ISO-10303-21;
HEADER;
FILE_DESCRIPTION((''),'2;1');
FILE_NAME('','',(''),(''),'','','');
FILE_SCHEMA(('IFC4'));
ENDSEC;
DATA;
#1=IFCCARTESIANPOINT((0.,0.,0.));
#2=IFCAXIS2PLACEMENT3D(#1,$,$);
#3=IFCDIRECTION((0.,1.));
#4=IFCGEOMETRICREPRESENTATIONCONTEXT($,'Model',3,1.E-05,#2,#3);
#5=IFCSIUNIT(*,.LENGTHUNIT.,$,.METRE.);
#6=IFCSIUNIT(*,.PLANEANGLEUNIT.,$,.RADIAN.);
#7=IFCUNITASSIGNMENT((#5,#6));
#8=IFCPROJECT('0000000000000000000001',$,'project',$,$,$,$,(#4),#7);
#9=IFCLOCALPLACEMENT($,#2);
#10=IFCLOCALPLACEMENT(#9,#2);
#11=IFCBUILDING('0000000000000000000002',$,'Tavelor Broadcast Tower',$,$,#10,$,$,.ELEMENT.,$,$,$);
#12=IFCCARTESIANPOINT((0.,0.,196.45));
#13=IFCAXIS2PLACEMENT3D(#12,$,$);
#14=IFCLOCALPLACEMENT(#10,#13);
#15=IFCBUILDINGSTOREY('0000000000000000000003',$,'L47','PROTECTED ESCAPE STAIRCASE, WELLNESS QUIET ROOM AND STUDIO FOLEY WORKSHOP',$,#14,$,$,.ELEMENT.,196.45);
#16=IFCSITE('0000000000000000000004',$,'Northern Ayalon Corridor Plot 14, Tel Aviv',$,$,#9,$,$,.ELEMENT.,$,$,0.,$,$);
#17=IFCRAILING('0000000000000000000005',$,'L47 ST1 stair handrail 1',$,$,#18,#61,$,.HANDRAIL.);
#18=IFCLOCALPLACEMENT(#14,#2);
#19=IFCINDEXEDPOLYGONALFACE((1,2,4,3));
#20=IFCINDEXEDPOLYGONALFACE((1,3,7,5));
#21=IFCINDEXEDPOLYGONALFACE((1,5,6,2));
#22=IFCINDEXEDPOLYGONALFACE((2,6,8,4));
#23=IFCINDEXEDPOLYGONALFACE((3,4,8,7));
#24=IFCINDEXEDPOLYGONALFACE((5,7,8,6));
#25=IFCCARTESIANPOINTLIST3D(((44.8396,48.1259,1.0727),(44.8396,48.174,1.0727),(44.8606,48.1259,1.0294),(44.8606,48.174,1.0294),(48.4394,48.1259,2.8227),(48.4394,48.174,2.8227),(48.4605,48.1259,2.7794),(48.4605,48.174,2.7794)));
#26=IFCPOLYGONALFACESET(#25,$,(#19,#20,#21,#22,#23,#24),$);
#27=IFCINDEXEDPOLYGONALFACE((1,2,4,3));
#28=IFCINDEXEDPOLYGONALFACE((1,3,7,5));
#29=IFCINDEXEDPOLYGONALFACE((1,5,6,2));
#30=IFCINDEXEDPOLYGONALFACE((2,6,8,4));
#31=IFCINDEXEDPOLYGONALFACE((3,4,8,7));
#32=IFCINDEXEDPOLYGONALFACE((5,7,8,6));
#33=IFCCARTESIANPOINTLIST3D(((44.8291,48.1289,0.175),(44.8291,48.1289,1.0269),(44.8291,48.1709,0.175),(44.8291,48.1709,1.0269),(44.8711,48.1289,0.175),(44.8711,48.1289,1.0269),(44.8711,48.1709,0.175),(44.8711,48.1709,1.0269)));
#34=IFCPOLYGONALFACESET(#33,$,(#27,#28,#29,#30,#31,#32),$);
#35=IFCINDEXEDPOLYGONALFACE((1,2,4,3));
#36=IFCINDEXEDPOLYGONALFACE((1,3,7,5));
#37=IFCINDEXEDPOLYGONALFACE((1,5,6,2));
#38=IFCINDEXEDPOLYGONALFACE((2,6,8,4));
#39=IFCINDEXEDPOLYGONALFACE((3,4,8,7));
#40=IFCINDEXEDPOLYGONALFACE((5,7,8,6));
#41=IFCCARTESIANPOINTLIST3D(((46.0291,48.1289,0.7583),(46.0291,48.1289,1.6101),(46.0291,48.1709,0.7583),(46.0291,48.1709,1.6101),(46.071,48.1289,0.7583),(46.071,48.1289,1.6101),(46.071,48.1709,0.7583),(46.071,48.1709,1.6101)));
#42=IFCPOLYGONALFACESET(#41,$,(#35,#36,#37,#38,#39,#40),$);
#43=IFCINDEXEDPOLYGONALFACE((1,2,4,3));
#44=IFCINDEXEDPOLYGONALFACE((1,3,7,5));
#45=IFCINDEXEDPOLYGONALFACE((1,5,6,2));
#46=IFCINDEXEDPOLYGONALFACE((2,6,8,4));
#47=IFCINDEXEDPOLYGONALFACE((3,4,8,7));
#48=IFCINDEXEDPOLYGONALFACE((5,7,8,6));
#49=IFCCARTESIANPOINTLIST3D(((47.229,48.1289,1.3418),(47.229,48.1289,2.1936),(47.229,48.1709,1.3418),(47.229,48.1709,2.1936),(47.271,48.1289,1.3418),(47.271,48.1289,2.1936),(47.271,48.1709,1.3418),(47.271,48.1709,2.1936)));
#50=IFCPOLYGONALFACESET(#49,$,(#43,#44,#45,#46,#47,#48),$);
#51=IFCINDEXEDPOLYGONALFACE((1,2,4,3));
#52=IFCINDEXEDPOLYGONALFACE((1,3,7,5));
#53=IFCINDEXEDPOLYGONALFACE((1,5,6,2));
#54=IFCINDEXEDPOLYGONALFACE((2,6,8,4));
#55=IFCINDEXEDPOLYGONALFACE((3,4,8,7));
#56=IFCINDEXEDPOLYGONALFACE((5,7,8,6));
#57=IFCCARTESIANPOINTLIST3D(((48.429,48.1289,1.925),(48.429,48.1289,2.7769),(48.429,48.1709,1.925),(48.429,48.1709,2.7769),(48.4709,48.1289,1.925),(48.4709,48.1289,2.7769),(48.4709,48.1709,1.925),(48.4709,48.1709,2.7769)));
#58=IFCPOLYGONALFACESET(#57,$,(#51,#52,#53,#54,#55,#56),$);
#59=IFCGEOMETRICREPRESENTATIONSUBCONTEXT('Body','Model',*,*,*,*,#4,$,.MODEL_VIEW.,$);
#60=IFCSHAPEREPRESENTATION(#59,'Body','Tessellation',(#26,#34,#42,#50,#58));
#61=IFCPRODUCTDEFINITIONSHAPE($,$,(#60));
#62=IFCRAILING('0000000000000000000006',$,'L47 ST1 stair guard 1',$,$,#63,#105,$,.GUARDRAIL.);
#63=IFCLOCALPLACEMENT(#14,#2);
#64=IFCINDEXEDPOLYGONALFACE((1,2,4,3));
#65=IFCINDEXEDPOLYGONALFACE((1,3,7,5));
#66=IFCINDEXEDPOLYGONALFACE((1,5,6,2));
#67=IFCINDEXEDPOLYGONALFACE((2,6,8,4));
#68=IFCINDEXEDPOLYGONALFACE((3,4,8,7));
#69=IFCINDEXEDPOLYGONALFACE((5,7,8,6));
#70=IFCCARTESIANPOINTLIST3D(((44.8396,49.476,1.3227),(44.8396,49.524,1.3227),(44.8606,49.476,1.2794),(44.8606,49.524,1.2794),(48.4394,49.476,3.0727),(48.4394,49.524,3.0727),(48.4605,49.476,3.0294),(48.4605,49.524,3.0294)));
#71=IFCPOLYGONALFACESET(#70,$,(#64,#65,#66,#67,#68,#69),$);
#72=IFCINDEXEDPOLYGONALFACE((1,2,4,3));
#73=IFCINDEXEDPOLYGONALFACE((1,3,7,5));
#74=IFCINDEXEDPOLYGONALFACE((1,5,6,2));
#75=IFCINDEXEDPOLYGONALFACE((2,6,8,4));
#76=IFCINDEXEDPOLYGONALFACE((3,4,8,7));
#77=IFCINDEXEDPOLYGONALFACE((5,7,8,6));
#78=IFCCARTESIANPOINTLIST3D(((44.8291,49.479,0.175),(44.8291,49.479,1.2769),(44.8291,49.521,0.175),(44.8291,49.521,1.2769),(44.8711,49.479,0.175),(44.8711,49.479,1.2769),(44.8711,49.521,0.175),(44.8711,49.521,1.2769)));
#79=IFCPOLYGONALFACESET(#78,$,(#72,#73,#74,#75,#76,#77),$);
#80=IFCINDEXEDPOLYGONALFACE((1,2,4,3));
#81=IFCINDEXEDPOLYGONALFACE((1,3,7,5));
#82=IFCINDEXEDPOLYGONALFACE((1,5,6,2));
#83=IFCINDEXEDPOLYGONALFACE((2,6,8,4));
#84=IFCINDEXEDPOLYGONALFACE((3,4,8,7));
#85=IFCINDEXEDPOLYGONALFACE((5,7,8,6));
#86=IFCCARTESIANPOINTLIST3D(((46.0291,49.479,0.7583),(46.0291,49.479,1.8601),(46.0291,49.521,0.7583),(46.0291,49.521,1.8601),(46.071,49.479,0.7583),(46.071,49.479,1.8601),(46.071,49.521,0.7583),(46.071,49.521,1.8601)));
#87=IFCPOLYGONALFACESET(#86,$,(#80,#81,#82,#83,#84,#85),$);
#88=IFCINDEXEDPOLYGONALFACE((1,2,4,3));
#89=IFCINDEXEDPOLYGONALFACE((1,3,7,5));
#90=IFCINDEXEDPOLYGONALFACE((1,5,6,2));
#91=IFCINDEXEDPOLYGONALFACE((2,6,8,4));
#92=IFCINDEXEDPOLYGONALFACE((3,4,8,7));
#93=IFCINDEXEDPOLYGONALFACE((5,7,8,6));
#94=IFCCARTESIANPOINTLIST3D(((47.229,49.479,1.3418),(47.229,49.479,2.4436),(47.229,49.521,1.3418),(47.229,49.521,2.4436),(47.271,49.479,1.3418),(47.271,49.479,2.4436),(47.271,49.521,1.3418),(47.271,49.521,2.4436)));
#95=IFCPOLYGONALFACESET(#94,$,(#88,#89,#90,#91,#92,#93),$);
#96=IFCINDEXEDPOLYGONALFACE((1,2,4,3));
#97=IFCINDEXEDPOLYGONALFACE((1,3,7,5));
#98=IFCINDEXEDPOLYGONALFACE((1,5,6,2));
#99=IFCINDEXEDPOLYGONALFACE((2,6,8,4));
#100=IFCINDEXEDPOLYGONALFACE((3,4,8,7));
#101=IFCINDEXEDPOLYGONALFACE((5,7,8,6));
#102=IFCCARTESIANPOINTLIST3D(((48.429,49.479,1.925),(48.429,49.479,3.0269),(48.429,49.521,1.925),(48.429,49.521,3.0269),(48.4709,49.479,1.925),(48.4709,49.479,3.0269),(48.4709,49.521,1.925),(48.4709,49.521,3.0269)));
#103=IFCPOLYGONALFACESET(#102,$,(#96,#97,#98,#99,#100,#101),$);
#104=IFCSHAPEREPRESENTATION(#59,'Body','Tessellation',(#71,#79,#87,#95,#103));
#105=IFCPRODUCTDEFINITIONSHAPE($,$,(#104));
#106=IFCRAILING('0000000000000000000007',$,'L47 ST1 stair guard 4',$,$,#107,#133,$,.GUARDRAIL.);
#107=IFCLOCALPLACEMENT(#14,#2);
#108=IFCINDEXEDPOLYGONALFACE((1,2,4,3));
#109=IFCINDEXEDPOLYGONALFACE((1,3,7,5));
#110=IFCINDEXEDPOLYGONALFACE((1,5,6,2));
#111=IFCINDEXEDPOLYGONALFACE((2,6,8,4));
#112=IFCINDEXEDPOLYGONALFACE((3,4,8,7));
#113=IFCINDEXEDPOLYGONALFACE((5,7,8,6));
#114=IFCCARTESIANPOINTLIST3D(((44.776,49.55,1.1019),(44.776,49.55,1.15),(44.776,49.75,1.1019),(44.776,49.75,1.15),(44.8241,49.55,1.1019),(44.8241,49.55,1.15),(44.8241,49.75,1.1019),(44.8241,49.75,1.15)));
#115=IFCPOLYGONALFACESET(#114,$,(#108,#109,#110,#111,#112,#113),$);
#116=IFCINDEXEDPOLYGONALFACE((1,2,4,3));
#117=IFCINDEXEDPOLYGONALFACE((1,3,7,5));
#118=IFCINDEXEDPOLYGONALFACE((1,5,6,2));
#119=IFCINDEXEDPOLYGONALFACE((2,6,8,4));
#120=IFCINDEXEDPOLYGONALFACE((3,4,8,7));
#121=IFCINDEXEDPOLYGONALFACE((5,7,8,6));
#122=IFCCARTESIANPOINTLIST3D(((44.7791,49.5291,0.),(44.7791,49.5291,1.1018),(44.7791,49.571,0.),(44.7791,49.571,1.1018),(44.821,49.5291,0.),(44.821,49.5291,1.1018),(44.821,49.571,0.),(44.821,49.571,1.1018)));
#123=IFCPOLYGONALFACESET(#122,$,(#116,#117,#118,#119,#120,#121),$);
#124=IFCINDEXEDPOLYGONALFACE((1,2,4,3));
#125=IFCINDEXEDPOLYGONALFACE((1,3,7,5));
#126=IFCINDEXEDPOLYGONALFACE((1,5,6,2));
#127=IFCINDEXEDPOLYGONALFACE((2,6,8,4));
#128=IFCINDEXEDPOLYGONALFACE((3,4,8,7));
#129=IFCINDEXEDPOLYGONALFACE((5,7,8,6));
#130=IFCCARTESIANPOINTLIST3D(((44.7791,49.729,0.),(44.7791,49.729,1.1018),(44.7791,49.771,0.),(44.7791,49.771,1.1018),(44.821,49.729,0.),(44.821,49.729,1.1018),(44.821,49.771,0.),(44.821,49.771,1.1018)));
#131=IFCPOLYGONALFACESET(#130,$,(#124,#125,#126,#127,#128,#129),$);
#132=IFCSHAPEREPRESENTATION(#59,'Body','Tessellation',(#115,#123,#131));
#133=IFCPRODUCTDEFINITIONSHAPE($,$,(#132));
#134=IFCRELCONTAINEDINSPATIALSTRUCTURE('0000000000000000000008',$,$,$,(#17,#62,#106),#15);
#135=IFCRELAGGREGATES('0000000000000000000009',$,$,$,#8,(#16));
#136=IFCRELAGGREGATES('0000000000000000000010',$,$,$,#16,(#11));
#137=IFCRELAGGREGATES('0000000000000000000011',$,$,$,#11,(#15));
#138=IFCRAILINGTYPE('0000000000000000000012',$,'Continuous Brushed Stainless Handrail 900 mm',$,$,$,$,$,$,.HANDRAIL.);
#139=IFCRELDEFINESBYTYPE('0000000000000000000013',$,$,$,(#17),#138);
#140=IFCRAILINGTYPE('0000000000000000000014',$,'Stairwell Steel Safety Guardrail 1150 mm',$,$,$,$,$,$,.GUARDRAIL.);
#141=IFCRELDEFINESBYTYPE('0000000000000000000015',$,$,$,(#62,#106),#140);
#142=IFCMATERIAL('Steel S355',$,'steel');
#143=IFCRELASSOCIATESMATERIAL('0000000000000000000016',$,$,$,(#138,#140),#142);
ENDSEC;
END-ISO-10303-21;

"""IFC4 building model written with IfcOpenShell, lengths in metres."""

from ifc_helpers import new_model, si_unit, direction, frame, origin, origin_2d, place, context, subcontext, project, spatial, rectangle, extrude, material, type_object, element, save


model = new_model("IFC4")

# Units and contexts
model_context = context("Model", 3, precision=1e-05, world=origin(), true_north=direction((0.0, 1.0)))
body_context = subcontext(model_context, "Body", "Model", "MODEL_VIEW")
ifc_project = project(units=[si_unit("LENGTHUNIT", "METRE"), si_unit("PLANEANGLEUNIT", "RADIAN")], contexts=[model_context])

# Site, building, storey
site_placement = place(None, origin())
site = spatial("IfcSite", under=ifc_project, at=site_placement, Name="Northern Ayalon Corridor Plot 14, Tel Aviv", CompositionType="ELEMENT", RefElevation=0.0)
building_placement = place(site_placement, origin())
building = spatial("IfcBuilding", under=site, at=building_placement, Name="Tavelor Broadcast Tower", CompositionType="ELEMENT")
storey_placement = place(building_placement, frame((0.0, 0.0, 196.45)))
storey = spatial("IfcBuildingStorey", under=building, at=storey_placement, Name="L47", Description="PROTECTED ESCAPE STAIRCASE, WELLNESS QUIET ROOM AND STUDIO FOLEY WORKSHOP", CompositionType="ELEMENT", Elevation=196.45)

# Shared definitions
ifc_material_1 = material(Name="Steel S355", Category="steel")

# Railings
railing_type_1 = type_object("IfcRailingType", Name="Continuous Brushed Stainless Handrail 900 mm", PredefinedType="HANDRAIL", material=ifc_material_1)
railing_1_placement = place(storey_placement, frame((44.8501, 48.1499, 0.175)))
element("IfcRailing", 1, at=railing_1_placement, inside=storey, type_object=railing_type_1, Name="L47 ST1 stair handrail 1", PredefinedType="HANDRAIL", context=body_context, shape_type="SweptSolid", body=[
    extrude(rectangle(XDim=0.0481, YDim=0.0481, at=origin_2d()), frame((0.0, 0.0, 0.876), z_axis=(0.899361, 0.0, 0.437207), x_axis=(0.0, 1.0, 0.0)), (0.0, 0.0, 1.0), 4.0027),
    extrude(rectangle(XDim=0.042, YDim=0.042, at=origin_2d()), origin(), (0.0, 0.0, 1.0), 0.8518),
    extrude(rectangle(XDim=0.042, YDim=0.042, at=origin_2d()), frame((1.2, 0.0, 0.5833)), (0.0, 0.0, 1.0), 0.8518),
    extrude(rectangle(XDim=0.042, YDim=0.042, at=origin_2d()), frame((2.3999, 0.0, 1.1667)), (0.0, 0.0, 1.0), 0.8518),
    extrude(rectangle(XDim=0.042, YDim=0.042, at=origin_2d()), frame((3.5999, 0.0, 1.75)), (0.0, 0.0, 1.0), 0.8518),
])
railing_type_2 = type_object("IfcRailingType", Name="Stairwell Steel Safety Guardrail 1150 mm", PredefinedType="GUARDRAIL", material=ifc_material_1)
railing_2_placement = place(storey_placement, frame((44.8501, 49.5, 0.175)))
element("IfcRailing", 2, at=railing_2_placement, inside=storey, type_object=railing_type_2, Name="L47 ST1 stair guard 1", PredefinedType="GUARDRAIL", context=body_context, shape_type="SweptSolid", body=[
    extrude(rectangle(XDim=0.0481, YDim=0.0481, at=origin_2d()), frame((0.0, 0.0, 1.126), z_axis=(0.899361, 0.0, 0.437207), x_axis=(0.0, 1.0, 0.0)), (0.0, 0.0, 1.0), 4.0027),
    extrude(rectangle(XDim=0.042, YDim=0.042, at=origin_2d()), origin(), (0.0, 0.0, 1.0), 1.1018),
    extrude(rectangle(XDim=0.042, YDim=0.042, at=origin_2d()), frame((1.2, 0.0, 0.5833)), (0.0, 0.0, 1.0), 1.1018),
    extrude(rectangle(XDim=0.042, YDim=0.042, at=origin_2d()), frame((2.3999, 0.0, 1.1667)), (0.0, 0.0, 1.0), 1.1018),
    extrude(rectangle(XDim=0.042, YDim=0.042, at=origin_2d()), frame((3.5999, 0.0, 1.75)), (0.0, 0.0, 1.0), 1.1018),
])
railing_3_placement = place(storey_placement, frame((44.8, 49.55, 0.0)))
element("IfcRailing", 3, at=railing_3_placement, inside=storey, type_object=railing_type_2, Name="L47 ST1 stair guard 4", PredefinedType="GUARDRAIL", context=body_context, shape_type="SweptSolid", body=[
    extrude(rectangle(XDim=0.0481, YDim=0.0481, at=origin_2d()), frame((0.0, 0.0, 1.126), z_axis=(0.0, 1.0, 0.0), x_axis=(-1.0, 0.0, 0.0)), (0.0, 0.0, 1.0), 0.2),
    extrude(rectangle(XDim=0.042, YDim=0.042, at=origin_2d()), origin(), (0.0, 0.0, 1.0), 1.1018),
    extrude(rectangle(XDim=0.042, YDim=0.042, at=origin_2d()), frame((0.0, 0.2, 0.0)), (0.0, 0.0, 1.0), 1.1018),
])

save(model, "model.ifc")
